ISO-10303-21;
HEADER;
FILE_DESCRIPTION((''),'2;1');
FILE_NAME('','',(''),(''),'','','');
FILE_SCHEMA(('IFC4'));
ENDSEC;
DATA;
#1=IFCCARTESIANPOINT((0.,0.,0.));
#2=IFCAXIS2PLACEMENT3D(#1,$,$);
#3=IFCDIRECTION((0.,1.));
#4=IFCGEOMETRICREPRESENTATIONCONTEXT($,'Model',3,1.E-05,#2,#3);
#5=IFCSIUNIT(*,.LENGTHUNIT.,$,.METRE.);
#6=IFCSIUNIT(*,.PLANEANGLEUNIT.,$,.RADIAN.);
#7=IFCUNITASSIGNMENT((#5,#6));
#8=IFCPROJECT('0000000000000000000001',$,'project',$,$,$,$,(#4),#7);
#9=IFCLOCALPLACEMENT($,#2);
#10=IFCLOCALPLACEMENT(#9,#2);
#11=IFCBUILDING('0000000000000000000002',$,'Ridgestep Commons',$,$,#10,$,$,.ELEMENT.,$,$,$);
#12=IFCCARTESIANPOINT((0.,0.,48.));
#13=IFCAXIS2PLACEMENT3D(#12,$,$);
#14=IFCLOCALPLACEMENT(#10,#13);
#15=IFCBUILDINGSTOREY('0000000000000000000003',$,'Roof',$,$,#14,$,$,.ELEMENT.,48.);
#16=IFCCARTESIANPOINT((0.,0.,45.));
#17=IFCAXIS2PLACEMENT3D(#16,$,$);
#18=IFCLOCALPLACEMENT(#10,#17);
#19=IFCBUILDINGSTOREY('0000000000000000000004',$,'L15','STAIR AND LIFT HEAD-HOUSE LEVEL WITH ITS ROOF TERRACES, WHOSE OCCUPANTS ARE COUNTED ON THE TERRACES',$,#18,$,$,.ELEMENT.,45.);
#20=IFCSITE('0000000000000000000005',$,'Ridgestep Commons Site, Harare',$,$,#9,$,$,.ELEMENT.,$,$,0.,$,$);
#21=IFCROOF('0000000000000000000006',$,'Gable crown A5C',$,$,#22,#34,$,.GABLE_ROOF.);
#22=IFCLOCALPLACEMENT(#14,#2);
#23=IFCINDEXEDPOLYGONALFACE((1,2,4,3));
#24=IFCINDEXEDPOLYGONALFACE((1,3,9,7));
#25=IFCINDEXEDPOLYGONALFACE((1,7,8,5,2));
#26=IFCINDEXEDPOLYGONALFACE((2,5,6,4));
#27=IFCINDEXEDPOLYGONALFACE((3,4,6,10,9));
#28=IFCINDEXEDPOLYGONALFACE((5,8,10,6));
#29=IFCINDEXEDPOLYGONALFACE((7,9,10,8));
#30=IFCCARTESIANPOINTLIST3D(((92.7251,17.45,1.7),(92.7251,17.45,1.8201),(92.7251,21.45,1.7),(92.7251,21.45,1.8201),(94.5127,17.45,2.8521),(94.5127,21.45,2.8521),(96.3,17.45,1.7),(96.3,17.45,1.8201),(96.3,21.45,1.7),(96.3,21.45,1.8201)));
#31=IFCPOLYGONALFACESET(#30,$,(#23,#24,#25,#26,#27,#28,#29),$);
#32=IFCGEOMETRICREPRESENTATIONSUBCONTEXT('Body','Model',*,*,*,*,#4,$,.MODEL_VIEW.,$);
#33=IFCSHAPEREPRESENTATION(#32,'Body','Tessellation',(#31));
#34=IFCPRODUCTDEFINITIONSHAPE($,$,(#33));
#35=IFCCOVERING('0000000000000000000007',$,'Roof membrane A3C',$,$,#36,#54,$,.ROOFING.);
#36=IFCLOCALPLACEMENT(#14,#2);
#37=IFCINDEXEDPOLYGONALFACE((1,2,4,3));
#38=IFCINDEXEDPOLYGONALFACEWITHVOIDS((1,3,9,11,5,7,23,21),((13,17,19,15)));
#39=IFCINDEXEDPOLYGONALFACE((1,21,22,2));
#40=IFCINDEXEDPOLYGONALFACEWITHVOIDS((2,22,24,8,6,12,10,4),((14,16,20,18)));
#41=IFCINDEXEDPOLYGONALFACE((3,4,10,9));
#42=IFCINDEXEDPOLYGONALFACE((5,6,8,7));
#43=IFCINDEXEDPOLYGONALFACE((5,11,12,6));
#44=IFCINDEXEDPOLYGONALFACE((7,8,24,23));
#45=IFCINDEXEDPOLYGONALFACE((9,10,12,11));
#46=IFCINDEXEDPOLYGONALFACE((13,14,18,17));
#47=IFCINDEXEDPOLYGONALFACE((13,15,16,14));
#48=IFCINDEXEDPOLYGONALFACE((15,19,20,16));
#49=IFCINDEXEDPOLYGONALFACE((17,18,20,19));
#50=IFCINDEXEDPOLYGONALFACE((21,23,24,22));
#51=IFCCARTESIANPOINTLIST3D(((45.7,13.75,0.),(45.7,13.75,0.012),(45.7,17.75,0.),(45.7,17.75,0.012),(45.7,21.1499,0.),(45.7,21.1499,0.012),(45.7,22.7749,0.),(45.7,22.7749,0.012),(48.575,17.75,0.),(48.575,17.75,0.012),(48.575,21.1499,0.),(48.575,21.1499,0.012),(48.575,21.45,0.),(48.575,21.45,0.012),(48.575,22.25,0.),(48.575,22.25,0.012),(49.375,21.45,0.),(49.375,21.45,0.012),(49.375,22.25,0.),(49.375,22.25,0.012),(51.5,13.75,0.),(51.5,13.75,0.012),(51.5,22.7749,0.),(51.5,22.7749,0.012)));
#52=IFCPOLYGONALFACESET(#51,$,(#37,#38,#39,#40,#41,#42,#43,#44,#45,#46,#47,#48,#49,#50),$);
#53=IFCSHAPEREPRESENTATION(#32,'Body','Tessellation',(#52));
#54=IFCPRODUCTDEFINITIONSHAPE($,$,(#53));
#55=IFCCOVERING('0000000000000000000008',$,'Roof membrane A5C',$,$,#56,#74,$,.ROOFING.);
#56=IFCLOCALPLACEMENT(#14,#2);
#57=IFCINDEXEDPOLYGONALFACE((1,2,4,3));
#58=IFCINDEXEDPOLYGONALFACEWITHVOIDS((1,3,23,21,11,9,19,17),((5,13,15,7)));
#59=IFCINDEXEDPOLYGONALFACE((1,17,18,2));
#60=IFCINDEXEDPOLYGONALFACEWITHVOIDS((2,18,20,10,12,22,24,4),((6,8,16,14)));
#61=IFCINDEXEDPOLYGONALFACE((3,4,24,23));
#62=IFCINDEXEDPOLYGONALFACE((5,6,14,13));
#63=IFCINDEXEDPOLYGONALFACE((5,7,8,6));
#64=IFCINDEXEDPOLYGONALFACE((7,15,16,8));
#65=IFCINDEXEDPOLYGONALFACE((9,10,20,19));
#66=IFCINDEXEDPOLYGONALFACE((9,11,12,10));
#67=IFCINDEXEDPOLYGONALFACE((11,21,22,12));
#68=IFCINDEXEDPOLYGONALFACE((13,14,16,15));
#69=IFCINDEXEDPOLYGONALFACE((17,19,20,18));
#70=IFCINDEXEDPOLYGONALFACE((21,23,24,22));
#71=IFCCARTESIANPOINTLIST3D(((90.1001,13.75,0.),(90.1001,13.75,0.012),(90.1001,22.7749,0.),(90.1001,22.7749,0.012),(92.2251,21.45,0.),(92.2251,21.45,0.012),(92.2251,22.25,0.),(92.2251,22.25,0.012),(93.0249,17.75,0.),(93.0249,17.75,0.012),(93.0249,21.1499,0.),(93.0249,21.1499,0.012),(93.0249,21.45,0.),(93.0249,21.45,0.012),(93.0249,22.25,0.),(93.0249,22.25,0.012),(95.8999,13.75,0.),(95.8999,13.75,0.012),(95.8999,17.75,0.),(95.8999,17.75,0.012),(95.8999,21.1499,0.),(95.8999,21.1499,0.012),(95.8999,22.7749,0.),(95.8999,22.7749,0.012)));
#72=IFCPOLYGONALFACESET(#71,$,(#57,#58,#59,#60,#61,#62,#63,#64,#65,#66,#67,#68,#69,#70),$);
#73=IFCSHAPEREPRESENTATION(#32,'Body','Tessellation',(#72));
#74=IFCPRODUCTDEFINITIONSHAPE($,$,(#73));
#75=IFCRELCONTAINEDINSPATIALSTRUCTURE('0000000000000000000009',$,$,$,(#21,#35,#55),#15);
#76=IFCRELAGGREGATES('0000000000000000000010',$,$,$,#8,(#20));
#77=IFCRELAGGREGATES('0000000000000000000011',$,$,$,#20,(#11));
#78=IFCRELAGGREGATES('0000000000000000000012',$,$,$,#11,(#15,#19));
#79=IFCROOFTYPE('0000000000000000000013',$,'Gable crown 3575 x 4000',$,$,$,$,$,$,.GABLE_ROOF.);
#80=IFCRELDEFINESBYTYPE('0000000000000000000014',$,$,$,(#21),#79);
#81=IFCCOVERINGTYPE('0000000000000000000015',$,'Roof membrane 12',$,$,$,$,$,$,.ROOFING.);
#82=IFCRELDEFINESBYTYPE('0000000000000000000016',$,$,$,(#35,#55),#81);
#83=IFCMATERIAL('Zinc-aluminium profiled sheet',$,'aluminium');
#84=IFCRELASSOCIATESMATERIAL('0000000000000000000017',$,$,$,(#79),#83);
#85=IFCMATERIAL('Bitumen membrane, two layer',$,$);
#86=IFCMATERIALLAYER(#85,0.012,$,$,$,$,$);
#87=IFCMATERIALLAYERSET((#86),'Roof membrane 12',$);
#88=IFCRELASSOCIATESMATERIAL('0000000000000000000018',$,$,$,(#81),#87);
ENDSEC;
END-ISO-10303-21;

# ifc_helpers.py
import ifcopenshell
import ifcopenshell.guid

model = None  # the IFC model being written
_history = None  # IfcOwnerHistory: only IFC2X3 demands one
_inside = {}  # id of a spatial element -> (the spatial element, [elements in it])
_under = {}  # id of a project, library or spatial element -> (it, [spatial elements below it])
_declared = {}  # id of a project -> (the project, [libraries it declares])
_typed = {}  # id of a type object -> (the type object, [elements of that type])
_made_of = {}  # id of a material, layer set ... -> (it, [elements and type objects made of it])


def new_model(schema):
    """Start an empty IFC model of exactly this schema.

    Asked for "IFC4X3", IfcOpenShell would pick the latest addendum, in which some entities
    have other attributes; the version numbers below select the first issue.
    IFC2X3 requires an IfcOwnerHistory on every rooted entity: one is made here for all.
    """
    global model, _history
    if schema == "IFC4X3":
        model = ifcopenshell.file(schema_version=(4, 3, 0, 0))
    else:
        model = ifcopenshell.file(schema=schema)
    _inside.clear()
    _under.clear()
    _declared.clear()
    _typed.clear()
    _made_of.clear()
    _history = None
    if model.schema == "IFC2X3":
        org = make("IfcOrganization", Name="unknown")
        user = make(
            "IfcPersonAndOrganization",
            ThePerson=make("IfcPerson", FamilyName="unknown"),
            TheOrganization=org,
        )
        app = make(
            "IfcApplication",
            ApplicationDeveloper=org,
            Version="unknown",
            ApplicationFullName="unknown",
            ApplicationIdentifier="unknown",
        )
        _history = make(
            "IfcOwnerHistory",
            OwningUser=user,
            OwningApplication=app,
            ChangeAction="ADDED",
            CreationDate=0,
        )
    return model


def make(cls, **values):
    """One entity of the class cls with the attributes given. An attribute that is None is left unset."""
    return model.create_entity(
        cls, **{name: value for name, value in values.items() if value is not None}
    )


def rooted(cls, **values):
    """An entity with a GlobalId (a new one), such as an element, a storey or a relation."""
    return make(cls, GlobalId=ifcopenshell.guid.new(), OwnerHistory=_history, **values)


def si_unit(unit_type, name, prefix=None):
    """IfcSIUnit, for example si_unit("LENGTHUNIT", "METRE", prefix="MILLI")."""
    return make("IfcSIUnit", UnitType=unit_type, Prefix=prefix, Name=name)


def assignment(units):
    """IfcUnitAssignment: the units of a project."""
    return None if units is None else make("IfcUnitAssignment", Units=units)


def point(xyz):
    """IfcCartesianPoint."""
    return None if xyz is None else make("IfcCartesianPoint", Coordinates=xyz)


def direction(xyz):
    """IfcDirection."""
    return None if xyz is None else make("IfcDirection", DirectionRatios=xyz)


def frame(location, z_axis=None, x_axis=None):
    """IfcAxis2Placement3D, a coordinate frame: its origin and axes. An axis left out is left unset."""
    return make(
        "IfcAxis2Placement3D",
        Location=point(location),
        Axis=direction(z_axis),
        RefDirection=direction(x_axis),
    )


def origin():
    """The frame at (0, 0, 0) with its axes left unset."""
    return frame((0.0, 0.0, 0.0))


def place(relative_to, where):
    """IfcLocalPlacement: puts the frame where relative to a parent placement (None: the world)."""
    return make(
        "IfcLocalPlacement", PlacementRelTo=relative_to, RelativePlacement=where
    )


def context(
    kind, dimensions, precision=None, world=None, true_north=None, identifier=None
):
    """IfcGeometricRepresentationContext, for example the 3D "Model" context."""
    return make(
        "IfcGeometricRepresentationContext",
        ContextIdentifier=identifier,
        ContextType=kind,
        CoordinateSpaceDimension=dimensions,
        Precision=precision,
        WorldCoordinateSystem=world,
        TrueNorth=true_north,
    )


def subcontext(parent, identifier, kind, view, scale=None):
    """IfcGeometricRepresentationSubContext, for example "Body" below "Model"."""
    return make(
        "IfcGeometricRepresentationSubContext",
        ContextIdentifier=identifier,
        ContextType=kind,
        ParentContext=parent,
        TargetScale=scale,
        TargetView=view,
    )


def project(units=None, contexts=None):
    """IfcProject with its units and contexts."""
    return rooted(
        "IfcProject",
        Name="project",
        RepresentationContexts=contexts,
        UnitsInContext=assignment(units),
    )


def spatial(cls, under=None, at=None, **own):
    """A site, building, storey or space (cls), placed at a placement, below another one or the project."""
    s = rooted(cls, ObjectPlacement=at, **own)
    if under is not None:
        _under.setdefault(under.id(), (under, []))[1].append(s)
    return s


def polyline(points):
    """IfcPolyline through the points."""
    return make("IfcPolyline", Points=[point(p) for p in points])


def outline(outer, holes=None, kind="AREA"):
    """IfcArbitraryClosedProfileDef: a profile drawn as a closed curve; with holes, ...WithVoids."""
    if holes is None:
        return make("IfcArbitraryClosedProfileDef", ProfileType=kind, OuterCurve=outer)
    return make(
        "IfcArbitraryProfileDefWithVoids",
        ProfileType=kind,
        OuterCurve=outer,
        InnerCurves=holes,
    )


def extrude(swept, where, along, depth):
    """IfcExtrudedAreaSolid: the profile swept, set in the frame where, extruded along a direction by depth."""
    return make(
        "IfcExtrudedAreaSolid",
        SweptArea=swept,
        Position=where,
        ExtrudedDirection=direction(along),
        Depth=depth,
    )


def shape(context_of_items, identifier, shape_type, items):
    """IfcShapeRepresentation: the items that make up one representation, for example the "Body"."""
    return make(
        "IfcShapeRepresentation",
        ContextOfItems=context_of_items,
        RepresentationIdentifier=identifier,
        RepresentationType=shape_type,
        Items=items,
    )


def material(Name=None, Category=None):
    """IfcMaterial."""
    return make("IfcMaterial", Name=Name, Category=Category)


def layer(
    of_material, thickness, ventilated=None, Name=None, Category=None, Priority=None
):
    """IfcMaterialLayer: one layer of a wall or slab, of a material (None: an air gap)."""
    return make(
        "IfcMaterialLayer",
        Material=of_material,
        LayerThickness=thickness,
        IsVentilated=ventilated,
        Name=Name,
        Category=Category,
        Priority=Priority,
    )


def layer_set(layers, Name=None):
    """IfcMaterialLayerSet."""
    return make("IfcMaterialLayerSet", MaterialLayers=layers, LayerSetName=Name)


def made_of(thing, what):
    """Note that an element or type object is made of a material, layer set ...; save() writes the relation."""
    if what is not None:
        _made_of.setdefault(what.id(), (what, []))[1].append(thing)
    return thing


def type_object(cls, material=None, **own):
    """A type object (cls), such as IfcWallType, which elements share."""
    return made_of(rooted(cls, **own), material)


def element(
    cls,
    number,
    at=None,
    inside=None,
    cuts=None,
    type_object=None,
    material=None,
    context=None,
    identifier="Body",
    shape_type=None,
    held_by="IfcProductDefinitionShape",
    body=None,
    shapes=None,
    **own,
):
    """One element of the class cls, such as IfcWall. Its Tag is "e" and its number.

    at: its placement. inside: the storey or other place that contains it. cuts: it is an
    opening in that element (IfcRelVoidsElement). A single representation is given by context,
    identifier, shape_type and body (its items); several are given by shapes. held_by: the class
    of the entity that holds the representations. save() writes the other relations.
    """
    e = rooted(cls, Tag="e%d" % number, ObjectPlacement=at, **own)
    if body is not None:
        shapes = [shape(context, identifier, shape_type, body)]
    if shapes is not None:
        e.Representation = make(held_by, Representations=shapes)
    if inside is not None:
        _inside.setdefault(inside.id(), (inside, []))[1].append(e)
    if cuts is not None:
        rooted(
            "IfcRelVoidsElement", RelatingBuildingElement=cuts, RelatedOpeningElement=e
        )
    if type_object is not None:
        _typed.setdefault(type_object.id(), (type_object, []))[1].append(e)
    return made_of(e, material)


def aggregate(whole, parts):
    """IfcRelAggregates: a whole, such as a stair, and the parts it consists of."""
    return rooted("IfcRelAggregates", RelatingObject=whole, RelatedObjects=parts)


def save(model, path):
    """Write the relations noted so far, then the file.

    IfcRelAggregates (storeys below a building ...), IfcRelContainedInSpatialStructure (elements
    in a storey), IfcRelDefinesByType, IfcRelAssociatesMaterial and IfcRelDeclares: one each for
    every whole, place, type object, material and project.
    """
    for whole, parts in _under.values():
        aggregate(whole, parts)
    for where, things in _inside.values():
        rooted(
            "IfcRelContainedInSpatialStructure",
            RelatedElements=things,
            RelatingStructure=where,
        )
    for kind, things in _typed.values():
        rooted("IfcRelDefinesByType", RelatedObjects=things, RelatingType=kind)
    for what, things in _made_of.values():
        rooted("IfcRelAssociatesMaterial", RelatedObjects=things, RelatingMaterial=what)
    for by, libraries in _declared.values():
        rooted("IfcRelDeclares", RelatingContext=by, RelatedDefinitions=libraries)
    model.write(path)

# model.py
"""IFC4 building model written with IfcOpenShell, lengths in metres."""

from ifc_helpers import new_model, si_unit, direction, frame, origin, place, context, subcontext, project, spatial, polyline, outline, extrude, material, layer, layer_set, type_object, element, save


model = new_model("IFC4")

# Units and contexts
model_context = context("Model", 3, precision=1e-05, world=origin(), true_north=direction((0.0, 1.0)))
body_context = subcontext(model_context, "Body", "Model", "MODEL_VIEW")
ifc_project = project(units=[si_unit("LENGTHUNIT", "METRE"), si_unit("PLANEANGLEUNIT", "RADIAN")], contexts=[model_context])

# Site, building, storey
site_placement = place(None, origin())
site = spatial("IfcSite", under=ifc_project, at=site_placement, Name="Ridgestep Commons Site, Harare", CompositionType="ELEMENT", RefElevation=0.0)
building_placement = place(site_placement, origin())
building = spatial("IfcBuilding", under=site, at=building_placement, Name="Ridgestep Commons", CompositionType="ELEMENT")
storey_1_placement = place(building_placement, frame((0.0, 0.0, 48.0)))
storey_1 = spatial("IfcBuildingStorey", under=building, at=storey_1_placement, Name="Roof", CompositionType="ELEMENT", Elevation=48.0)

# Shared definitions
storey_2_placement = place(building_placement, frame((0.0, 0.0, 45.0)))
storey_2 = spatial("IfcBuildingStorey", under=building, at=storey_2_placement, Name="L15", Description="STAIR AND LIFT HEAD-HOUSE LEVEL WITH ITS ROOF TERRACES, WHOSE OCCUPANTS ARE COUNTED ON THE TERRACES", CompositionType="ELEMENT", Elevation=45.0)

# Roof
ifc_material_1 = material(Name="Zinc-aluminium profiled sheet", Category="aluminium")
roof_type = type_object("IfcRoofType", Name="Gable crown 3575 x 4000", PredefinedType="GABLE_ROOF", material=ifc_material_1)
for number, where, z_axis, x_axis, name in (
    (1, (92.7251, 19.45, 1.7), (0.0, 0.0, 1.0), (1.0, 0.0, 0.0), "Gable crown A5C"),
):
    element("IfcRoof", number, at=place(storey_1_placement, frame(where, z_axis=z_axis, x_axis=x_axis)), inside=storey_1, type_object=roof_type, Name=name, PredefinedType="GABLE_ROOF", context=body_context, shape_type="SweptSolid", body=[
        extrude(outline(polyline([(0.0, 0.0), (3.575, 0.0), (3.575, 0.1201), (1.7876, 1.1521), (0.0, 0.1201), (0.0, 0.0)])), frame((0.0, 2.0, 0.0), z_axis=(0.0, -1.0, 0.0), x_axis=(1.0, 0.0, 0.0)), (0.0, 0.0, 1.0), 4.0),
    ])

# Coverings
ifc_material_2 = material(Name="Bitumen membrane, two layer")
ifc_layer_1 = layer(ifc_material_2, 0.012)
ifc_layer_set_1 = layer_set([ifc_layer_1], Name="Roof membrane 12")
covering_type = type_object("IfcCoveringType", Name="Roof membrane 12", PredefinedType="ROOFING", material=ifc_layer_set_1)
covering_1_placement = place(storey_1_placement, origin())
element("IfcCovering", 2, at=covering_1_placement, inside=storey_1, type_object=covering_type, Name="Roof membrane A3C", PredefinedType="ROOFING", context=body_context, shape_type="SweptSolid", body=[
    extrude(outline(polyline([(51.5, 22.7749), (51.5, 13.75), (45.7, 13.75), (45.7, 17.75), (48.575, 17.75), (48.575, 21.1499), (45.7, 21.1499), (45.7, 22.7749), (51.5, 22.7749)]), holes=[polyline([(49.375, 22.25), (48.575, 22.25), (48.575, 21.45), (49.375, 21.45), (49.375, 22.25)])]), origin(), (0.0, 0.0, 1.0), 0.012),
])
covering_2_placement = place(storey_1_placement, origin())
element("IfcCovering", 3, at=covering_2_placement, inside=storey_1, type_object=covering_type, Name="Roof membrane A5C", PredefinedType="ROOFING", context=body_context, shape_type="SweptSolid", body=[
    extrude(outline(polyline([(90.1001, 13.75), (90.1001, 22.7749), (95.8999, 22.7749), (95.8999, 21.1499), (93.0249, 21.1499), (93.0249, 17.75), (95.8999, 17.75), (95.8999, 13.75), (90.1001, 13.75)]), holes=[polyline([(93.0249, 22.25), (92.2251, 22.25), (92.2251, 21.45), (93.0249, 21.45), (93.0249, 22.25)])]), origin(), (0.0, 0.0, 1.0), 0.012),
])

save(model, "model.ifc")
